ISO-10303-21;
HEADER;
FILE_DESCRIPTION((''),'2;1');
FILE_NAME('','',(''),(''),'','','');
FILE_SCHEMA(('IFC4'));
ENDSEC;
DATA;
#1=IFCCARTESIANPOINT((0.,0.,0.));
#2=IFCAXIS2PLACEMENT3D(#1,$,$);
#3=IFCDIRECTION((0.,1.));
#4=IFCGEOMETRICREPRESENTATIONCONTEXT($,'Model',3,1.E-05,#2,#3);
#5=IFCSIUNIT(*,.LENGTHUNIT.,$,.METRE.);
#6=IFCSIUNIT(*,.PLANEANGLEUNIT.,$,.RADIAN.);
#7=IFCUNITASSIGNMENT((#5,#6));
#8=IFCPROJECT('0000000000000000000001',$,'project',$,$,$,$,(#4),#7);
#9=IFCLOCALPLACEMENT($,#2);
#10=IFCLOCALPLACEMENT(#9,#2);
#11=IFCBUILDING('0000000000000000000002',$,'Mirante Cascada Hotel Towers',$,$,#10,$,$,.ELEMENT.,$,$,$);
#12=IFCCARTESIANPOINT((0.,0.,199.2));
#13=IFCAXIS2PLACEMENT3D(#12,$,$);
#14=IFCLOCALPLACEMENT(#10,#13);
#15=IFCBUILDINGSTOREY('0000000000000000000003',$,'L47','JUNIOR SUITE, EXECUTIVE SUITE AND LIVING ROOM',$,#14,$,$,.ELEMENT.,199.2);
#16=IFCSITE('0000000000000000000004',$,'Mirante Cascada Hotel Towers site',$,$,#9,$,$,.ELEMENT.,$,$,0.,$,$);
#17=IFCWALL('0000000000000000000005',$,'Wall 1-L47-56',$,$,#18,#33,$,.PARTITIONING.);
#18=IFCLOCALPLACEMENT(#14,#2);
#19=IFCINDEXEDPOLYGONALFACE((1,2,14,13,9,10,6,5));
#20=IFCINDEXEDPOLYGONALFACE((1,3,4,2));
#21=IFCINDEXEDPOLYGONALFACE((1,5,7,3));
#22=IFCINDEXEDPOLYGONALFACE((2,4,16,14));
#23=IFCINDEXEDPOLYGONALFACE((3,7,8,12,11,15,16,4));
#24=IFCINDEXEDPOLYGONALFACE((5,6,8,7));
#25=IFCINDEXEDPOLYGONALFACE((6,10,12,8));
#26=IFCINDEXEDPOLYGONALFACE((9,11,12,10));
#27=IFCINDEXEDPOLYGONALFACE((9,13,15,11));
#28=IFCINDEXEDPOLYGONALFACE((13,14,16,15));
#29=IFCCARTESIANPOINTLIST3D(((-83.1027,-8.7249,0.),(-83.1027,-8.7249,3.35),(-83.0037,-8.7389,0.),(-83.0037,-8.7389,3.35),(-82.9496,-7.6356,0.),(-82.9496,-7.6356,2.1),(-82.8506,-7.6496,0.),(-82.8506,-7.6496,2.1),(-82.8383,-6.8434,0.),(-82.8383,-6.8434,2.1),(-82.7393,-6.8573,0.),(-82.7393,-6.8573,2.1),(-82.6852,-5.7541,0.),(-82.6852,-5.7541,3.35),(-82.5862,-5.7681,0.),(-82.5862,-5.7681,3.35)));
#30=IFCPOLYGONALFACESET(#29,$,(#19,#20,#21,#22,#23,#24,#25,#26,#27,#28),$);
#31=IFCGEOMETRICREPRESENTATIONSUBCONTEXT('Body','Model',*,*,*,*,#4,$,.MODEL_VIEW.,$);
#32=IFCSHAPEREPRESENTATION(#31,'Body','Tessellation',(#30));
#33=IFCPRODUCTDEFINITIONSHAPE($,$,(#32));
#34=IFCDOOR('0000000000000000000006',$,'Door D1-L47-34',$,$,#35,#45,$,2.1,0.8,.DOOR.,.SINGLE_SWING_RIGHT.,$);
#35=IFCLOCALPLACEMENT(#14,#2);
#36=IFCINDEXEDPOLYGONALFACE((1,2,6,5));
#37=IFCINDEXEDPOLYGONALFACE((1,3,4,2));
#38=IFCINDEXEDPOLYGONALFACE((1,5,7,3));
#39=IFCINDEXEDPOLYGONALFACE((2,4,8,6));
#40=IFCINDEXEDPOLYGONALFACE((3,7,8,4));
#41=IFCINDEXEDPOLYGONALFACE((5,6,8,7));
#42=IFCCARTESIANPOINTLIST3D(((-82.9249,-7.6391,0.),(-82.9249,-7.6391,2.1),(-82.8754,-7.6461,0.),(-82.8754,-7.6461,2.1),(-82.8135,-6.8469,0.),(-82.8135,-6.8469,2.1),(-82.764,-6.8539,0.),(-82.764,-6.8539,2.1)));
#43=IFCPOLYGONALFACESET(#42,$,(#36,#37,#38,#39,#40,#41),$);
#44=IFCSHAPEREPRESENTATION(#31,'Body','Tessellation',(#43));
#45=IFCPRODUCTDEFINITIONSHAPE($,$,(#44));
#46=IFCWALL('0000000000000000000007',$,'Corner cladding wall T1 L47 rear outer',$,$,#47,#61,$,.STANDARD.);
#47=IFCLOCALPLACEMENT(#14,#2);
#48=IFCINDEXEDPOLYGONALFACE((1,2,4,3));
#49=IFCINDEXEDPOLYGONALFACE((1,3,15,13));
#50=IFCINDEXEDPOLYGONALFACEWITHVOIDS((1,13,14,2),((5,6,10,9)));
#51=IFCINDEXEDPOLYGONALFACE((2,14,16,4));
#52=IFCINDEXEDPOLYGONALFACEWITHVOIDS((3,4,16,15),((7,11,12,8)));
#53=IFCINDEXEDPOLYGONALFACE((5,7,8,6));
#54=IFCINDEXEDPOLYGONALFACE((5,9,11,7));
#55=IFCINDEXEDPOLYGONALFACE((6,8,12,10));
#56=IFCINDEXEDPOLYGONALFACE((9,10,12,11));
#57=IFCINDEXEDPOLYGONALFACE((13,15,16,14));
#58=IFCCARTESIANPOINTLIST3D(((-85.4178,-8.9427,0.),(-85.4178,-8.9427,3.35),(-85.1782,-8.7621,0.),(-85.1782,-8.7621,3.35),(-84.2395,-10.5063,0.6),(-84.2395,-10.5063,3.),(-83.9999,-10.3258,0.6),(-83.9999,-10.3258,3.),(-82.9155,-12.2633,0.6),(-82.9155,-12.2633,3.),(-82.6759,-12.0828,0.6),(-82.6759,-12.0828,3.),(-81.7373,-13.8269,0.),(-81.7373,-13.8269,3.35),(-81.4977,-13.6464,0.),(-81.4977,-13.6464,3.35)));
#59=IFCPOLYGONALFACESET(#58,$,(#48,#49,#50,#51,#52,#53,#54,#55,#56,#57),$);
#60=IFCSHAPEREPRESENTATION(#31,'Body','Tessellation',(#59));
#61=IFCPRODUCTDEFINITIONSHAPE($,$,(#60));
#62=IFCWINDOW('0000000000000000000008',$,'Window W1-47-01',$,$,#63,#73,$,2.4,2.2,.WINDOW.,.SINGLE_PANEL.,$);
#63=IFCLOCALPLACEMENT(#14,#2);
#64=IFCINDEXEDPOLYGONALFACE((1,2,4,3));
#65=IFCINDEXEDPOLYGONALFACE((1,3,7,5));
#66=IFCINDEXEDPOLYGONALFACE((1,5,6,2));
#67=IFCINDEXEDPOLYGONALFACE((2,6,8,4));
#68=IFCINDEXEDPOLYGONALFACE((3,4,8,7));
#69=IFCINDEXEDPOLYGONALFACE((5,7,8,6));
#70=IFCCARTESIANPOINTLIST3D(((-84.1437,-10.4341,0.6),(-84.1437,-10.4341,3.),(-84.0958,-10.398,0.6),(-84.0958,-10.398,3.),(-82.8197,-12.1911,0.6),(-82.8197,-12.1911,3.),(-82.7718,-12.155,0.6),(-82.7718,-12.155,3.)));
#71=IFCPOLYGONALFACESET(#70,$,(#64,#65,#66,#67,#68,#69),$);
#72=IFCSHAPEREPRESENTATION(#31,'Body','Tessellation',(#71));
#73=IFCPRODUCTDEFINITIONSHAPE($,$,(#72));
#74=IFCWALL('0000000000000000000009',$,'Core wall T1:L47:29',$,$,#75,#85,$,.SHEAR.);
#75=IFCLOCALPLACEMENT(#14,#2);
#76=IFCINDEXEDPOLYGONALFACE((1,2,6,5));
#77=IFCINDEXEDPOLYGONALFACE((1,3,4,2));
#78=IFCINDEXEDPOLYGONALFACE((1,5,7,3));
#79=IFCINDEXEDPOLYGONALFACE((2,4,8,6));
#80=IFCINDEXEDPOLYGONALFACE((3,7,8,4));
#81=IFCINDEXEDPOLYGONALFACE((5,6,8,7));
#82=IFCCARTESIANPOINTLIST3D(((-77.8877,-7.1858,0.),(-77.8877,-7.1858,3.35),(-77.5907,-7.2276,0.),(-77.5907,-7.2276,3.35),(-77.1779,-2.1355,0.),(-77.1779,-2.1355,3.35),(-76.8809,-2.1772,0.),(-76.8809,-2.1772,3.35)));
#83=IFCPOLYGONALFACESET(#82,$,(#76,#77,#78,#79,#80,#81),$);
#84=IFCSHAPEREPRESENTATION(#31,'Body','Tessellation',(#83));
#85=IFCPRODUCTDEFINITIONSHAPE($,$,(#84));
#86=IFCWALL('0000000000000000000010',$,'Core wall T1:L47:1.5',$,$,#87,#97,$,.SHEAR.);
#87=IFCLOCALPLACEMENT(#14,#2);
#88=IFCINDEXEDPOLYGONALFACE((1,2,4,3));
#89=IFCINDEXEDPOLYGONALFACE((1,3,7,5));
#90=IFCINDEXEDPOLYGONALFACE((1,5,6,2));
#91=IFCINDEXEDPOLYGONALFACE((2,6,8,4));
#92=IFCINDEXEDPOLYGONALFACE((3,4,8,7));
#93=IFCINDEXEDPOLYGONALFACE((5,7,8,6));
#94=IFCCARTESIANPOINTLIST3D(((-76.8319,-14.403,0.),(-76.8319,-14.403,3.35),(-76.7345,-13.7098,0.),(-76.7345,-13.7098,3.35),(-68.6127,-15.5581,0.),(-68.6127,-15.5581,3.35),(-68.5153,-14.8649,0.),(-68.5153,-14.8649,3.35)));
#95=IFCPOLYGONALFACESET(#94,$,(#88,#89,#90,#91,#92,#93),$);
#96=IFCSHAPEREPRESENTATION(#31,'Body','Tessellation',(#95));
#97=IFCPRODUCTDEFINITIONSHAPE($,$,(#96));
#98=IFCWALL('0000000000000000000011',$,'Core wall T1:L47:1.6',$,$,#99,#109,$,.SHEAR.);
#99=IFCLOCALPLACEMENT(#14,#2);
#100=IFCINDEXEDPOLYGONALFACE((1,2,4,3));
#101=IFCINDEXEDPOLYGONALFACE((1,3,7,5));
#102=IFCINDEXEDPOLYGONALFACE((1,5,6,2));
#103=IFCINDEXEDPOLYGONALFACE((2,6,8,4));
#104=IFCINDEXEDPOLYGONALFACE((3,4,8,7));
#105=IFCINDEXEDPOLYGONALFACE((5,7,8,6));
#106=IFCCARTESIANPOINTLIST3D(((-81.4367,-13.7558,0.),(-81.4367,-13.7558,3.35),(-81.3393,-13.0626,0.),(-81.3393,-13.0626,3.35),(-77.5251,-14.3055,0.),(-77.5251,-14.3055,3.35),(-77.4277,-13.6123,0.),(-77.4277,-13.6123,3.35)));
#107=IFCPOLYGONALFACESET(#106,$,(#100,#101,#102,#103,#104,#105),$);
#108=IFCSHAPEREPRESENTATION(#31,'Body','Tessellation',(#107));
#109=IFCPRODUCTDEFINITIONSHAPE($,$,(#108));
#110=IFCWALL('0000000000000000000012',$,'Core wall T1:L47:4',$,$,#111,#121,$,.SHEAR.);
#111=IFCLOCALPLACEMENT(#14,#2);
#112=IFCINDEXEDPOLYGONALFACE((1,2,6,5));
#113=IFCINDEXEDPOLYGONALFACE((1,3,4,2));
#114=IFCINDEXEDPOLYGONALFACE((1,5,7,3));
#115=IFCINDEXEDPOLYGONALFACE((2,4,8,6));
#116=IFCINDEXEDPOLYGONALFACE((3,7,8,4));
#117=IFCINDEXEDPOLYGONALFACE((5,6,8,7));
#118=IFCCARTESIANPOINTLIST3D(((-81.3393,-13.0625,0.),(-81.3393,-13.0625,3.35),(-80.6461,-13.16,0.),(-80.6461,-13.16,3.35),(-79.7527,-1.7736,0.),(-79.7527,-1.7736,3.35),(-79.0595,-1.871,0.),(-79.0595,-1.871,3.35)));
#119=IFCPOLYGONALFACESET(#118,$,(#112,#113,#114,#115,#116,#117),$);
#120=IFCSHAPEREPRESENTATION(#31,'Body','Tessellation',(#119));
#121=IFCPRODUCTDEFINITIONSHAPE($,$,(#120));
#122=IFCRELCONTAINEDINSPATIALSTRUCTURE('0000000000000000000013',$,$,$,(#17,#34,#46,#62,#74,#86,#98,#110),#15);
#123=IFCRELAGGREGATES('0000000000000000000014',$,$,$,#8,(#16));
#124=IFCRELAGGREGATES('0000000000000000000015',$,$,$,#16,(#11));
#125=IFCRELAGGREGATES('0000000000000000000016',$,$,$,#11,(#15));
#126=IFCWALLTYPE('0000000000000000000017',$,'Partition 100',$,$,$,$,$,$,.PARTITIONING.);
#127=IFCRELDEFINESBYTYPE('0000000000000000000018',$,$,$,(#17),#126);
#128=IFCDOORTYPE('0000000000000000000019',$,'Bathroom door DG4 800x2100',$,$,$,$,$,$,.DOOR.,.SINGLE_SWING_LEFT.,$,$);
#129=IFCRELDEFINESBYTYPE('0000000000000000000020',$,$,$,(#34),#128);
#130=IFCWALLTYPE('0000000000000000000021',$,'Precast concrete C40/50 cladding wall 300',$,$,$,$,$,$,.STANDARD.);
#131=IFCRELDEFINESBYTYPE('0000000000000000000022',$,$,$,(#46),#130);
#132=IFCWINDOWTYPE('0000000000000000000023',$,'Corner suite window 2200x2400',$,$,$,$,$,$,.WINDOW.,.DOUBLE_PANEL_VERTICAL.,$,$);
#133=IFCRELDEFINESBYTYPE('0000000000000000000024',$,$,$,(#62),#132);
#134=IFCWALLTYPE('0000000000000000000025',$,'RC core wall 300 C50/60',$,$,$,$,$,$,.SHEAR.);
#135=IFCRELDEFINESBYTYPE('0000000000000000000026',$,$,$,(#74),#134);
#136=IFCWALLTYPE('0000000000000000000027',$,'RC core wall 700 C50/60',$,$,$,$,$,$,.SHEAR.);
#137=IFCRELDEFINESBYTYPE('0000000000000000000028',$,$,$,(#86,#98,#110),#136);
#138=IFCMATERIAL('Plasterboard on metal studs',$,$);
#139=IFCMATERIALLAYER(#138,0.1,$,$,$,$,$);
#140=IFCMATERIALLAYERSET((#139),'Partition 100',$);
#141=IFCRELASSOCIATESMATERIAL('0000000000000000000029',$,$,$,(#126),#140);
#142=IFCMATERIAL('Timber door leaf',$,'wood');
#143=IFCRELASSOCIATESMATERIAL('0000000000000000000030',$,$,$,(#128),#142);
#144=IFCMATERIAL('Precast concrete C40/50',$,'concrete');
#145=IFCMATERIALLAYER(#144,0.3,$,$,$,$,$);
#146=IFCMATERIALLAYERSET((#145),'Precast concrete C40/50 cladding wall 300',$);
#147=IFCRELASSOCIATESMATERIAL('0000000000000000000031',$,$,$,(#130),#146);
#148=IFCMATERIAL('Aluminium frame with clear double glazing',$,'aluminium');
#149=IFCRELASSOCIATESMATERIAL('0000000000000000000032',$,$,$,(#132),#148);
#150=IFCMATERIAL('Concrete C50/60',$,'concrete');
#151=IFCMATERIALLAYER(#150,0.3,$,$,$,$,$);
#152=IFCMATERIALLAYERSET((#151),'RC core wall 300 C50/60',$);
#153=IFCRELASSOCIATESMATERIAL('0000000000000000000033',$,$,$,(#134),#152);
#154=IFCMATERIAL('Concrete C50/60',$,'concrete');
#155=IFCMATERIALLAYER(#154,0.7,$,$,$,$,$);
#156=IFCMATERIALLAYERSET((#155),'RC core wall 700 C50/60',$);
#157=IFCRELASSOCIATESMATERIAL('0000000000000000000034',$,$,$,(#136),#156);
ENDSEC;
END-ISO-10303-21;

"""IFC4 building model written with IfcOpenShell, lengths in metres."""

from ifc_helpers import new_model, si_unit, direction, frame, frame_2d, origin, place, context, subcontext, project, spatial, rectangle, extrude, material, layer, layer_set, type_object, element, fill, save


model = new_model("IFC4")

# Units and contexts
model_context = context("Model", 3, precision=1e-05, world=origin(), true_north=direction((0.0, 1.0)))
body_context = subcontext(model_context, "Body", "Model", "MODEL_VIEW")
ifc_project = project(units=[si_unit("LENGTHUNIT", "METRE"), si_unit("PLANEANGLEUNIT", "RADIAN")], contexts=[model_context])

# Site, building, storey
site_placement = place(None, origin())
site = spatial("IfcSite", under=ifc_project, at=site_placement, Name="Mirante Cascada Hotel Towers site", CompositionType="ELEMENT", RefElevation=0.0)
building_placement = place(site_placement, origin())
building = spatial("IfcBuilding", under=site, at=building_placement, Name="Mirante Cascada Hotel Towers", CompositionType="ELEMENT")
storey_placement = place(building_placement, frame((0.0, 0.0, 199.2)))
storey = spatial("IfcBuildingStorey", under=building, at=storey_placement, Name="L47", Description="JUNIOR SUITE, EXECUTIVE SUITE AND LIVING ROOM", CompositionType="ELEMENT", Elevation=199.2)

# Shared definitions
ifc_material_1 = material(Name="Plasterboard on metal studs")
ifc_layer_1 = layer(ifc_material_1, 0.1)
ifc_layer_set_1 = layer_set([ifc_layer_1], Name="Partition 100")
wall_type_1 = type_object("IfcWallType", Name="Partition 100", PredefinedType="PARTITIONING", material=ifc_layer_set_1)

# Wall, opening, door
ifc_material_2 = material(Name="Timber door leaf", Category="wood")
door_type_1 = type_object("IfcDoorType", Name="Bathroom door DG4 800x2100", OperationType="SINGLE_SWING_LEFT", PredefinedType="DOOR", material=ifc_material_2)
wall_1_placement = place(storey_placement, frame((-83.0532, -8.7319, 0.0), z_axis=(0.0, 0.0, 1.0), x_axis=(0.139167, 0.990269, 0.0)))
wall_1 = element("IfcWall", 1, at=wall_1_placement, inside=storey, type_object=wall_type_1, Name="Wall 1-L47-56", PredefinedType="PARTITIONING", context=body_context, shape_type="SweptSolid", body=[
    extrude(rectangle(XDim=3.0, YDim=0.1, at=frame_2d((1.5, 0.0))), origin(), (0.0, 0.0, 1.0), 3.35),
])
opening_1_placement = place(wall_1_placement, frame((1.1, 0.0, 0.0)))
opening_1 = element("IfcOpeningElement", 2, at=opening_1_placement, cuts=wall_1, PredefinedType="OPENING", context=body_context, shape_type="SweptSolid", body=[
    extrude(rectangle(XDim=0.8, YDim=2.1, at=frame_2d((0.4, 1.05))), frame((0.0, 0.05, 0.0), z_axis=(0.0, -1.0, 0.0), x_axis=(1.0, 0.0, 0.0)), (0.0, 0.0, 1.0), 0.1),
])
door_1_placement = place(opening_1_placement, frame((0.8, 0.0, 0.0), z_axis=(0.0, 0.0, 1.0), x_axis=(-1.0, 0.0, 0.0)))
door_1 = element("IfcDoor", 3, at=door_1_placement, inside=storey, type_object=door_type_1, Name="Door D1-L47-34", OperationType="SINGLE_SWING_RIGHT", OverallHeight=2.1, OverallWidth=0.8, PredefinedType="DOOR", context=body_context, shape_type="SweptSolid", body=[
    extrude(rectangle(XDim=0.8, YDim=2.1, at=frame_2d((0.4, 1.05))), frame((0.0, 0.025, 0.0), z_axis=(0.0, -1.0, 0.0), x_axis=(1.0, 0.0, 0.0)), (0.0, 0.0, 1.0), 0.05),
])
fill(opening_1, door_1)

# Wall, opening, window
ifc_material_3 = material(Name="Precast concrete C40/50", Category="concrete")
ifc_layer_2 = layer(ifc_material_3, 0.3)
ifc_layer_set_2 = layer_set([ifc_layer_2], Name="Precast concrete C40/50 cladding wall 300")
wall_type_2 = type_object("IfcWallType", Name="Precast concrete C40/50 cladding wall 300", PredefinedType="STANDARD", material=ifc_layer_set_2)
wall_2_placement = place(storey_placement, frame((-81.6175, -13.7366, 0.0), z_axis=(0.0, 0.0, 1.0), x_axis=(-0.601814, 0.798636, 0.0)))
wall_2 = element("IfcWall", 4, at=wall_2_placement, inside=storey, type_object=wall_type_2, Name="Corner cladding wall T1 L47 rear outer", PredefinedType="STANDARD", context=body_context, shape_type="SweptSolid", body=[
    extrude(rectangle(XDim=6.1157, YDim=0.3, at=frame_2d((3.0578, 0.0))), origin(), (0.0, 0.0, 1.0), 3.35),
])
opening_2_placement = place(wall_2_placement, frame((1.9578, 0.0, 0.6)))
opening_2 = element("IfcOpeningElement", 5, at=opening_2_placement, cuts=wall_2, PredefinedType="OPENING", context=body_context, shape_type="SweptSolid", body=[
    extrude(rectangle(XDim=2.2, YDim=2.4, at=frame_2d((1.1, 1.2))), frame((0.0, 0.15, 0.0), z_axis=(0.0, -1.0, 0.0), x_axis=(1.0, 0.0, 0.0)), (0.0, 0.0, 1.0), 0.3),
])
ifc_material_4 = material(Name="Aluminium frame with clear double glazing", Category="aluminium")
window_type = type_object("IfcWindowType", Name="Corner suite window 2200x2400", PartitioningType="DOUBLE_PANEL_VERTICAL", PredefinedType="WINDOW", material=ifc_material_4)
window_placement = place(opening_2_placement, origin())
window = element("IfcWindow", 6, at=window_placement, inside=storey, type_object=window_type, Name="Window W1-47-01", OverallHeight=2.4, OverallWidth=2.2, PartitioningType="SINGLE_PANEL", PredefinedType="WINDOW", context=body_context, shape_type="SweptSolid", body=[
    extrude(rectangle(XDim=2.2, YDim=2.4, at=frame_2d((1.1, 1.2))), frame((0.0, 0.03, 0.0), z_axis=(0.0, -1.0, 0.0), x_axis=(1.0, 0.0, 0.0)), (0.0, 0.0, 1.0), 0.06),
])
fill(opening_2, window)

# Walls
ifc_material_5 = material(Name="Concrete C50/60", Category="concrete")
ifc_layer_3 = layer(ifc_material_5, 0.3)
ifc_layer_set_3 = layer_set([ifc_layer_3], Name="RC core wall 300 C50/60")
wall_type_3 = type_object("IfcWallType", Name="RC core wall 300 C50/60", PredefinedType="SHEAR", material=ifc_layer_set_3)
wall_3_placement = place(storey_placement, frame((-77.7392, -7.2067, 0.0), z_axis=(0.0, 0.0, 1.0), x_axis=(0.139176, 0.990268, 0.0)))
element("IfcWall", 7, at=wall_3_placement, inside=storey, type_object=wall_type_3, Name="Core wall T1:L47:29", PredefinedType="SHEAR", context=body_context, shape_type="SweptSolid", body=[
    extrude(rectangle(XDim=5.1, YDim=0.3, at=frame_2d((2.55, 0.0))), origin(), (0.0, 0.0, 1.0), 3.35),
])
ifc_material_6 = material(Name="Concrete C50/60", Category="concrete")
ifc_layer_4 = layer(ifc_material_6, 0.7)
ifc_layer_set_4 = layer_set([ifc_layer_4], Name="RC core wall 700 C50/60")
wall_type_4 = type_object("IfcWallType", Name="RC core wall 700 C50/60", PredefinedType="SHEAR", material=ifc_layer_set_4)
wall_4_placement = place(storey_placement, frame((-68.564, -15.2115, 0.0), z_axis=(0.0, 0.0, 1.0), x_axis=(-0.990269, 0.139169, 0.0)))
element("IfcWall", 8, at=wall_4_placement, inside=storey, type_object=wall_type_4, Name="Core wall T1:L47:1.5", PredefinedType="SHEAR", context=body_context, shape_type="SweptSolid", body=[
    extrude(rectangle(XDim=8.3, YDim=0.7, at=frame_2d((4.15, 0.0))), origin(), (0.0, 0.0, 1.0), 3.35),
])
wall_5_placement = place(storey_placement, frame((-77.4764, -13.9589, 0.0), z_axis=(0.0, 0.0, 1.0), x_axis=(-0.990269, 0.139163, 0.0)))
element("IfcWall", 9, at=wall_5_placement, inside=storey, type_object=wall_type_4, Name="Core wall T1:L47:1.6", PredefinedType="SHEAR", context=body_context, shape_type="SweptSolid", body=[
    extrude(rectangle(XDim=3.95, YDim=0.7, at=frame_2d((1.975, 0.0))), origin(), (0.0, 0.0, 1.0), 3.35),
])
wall_6_placement = place(storey_placement, frame((-80.9927, -13.1113, 0.0), z_axis=(0.0, 0.0, 1.0), x_axis=(0.139176, 0.990268, 0.0)))
element("IfcWall", 10, at=wall_6_placement, inside=storey, type_object=wall_type_4, Name="Core wall T1:L47:4", PredefinedType="SHEAR", context=body_context, shape_type="SweptSolid", body=[
    extrude(rectangle(XDim=11.3999, YDim=0.7, at=frame_2d((5.7, 0.0))), origin(), (0.0, 0.0, 1.0), 3.35),
])

save(model, "model.ifc")
